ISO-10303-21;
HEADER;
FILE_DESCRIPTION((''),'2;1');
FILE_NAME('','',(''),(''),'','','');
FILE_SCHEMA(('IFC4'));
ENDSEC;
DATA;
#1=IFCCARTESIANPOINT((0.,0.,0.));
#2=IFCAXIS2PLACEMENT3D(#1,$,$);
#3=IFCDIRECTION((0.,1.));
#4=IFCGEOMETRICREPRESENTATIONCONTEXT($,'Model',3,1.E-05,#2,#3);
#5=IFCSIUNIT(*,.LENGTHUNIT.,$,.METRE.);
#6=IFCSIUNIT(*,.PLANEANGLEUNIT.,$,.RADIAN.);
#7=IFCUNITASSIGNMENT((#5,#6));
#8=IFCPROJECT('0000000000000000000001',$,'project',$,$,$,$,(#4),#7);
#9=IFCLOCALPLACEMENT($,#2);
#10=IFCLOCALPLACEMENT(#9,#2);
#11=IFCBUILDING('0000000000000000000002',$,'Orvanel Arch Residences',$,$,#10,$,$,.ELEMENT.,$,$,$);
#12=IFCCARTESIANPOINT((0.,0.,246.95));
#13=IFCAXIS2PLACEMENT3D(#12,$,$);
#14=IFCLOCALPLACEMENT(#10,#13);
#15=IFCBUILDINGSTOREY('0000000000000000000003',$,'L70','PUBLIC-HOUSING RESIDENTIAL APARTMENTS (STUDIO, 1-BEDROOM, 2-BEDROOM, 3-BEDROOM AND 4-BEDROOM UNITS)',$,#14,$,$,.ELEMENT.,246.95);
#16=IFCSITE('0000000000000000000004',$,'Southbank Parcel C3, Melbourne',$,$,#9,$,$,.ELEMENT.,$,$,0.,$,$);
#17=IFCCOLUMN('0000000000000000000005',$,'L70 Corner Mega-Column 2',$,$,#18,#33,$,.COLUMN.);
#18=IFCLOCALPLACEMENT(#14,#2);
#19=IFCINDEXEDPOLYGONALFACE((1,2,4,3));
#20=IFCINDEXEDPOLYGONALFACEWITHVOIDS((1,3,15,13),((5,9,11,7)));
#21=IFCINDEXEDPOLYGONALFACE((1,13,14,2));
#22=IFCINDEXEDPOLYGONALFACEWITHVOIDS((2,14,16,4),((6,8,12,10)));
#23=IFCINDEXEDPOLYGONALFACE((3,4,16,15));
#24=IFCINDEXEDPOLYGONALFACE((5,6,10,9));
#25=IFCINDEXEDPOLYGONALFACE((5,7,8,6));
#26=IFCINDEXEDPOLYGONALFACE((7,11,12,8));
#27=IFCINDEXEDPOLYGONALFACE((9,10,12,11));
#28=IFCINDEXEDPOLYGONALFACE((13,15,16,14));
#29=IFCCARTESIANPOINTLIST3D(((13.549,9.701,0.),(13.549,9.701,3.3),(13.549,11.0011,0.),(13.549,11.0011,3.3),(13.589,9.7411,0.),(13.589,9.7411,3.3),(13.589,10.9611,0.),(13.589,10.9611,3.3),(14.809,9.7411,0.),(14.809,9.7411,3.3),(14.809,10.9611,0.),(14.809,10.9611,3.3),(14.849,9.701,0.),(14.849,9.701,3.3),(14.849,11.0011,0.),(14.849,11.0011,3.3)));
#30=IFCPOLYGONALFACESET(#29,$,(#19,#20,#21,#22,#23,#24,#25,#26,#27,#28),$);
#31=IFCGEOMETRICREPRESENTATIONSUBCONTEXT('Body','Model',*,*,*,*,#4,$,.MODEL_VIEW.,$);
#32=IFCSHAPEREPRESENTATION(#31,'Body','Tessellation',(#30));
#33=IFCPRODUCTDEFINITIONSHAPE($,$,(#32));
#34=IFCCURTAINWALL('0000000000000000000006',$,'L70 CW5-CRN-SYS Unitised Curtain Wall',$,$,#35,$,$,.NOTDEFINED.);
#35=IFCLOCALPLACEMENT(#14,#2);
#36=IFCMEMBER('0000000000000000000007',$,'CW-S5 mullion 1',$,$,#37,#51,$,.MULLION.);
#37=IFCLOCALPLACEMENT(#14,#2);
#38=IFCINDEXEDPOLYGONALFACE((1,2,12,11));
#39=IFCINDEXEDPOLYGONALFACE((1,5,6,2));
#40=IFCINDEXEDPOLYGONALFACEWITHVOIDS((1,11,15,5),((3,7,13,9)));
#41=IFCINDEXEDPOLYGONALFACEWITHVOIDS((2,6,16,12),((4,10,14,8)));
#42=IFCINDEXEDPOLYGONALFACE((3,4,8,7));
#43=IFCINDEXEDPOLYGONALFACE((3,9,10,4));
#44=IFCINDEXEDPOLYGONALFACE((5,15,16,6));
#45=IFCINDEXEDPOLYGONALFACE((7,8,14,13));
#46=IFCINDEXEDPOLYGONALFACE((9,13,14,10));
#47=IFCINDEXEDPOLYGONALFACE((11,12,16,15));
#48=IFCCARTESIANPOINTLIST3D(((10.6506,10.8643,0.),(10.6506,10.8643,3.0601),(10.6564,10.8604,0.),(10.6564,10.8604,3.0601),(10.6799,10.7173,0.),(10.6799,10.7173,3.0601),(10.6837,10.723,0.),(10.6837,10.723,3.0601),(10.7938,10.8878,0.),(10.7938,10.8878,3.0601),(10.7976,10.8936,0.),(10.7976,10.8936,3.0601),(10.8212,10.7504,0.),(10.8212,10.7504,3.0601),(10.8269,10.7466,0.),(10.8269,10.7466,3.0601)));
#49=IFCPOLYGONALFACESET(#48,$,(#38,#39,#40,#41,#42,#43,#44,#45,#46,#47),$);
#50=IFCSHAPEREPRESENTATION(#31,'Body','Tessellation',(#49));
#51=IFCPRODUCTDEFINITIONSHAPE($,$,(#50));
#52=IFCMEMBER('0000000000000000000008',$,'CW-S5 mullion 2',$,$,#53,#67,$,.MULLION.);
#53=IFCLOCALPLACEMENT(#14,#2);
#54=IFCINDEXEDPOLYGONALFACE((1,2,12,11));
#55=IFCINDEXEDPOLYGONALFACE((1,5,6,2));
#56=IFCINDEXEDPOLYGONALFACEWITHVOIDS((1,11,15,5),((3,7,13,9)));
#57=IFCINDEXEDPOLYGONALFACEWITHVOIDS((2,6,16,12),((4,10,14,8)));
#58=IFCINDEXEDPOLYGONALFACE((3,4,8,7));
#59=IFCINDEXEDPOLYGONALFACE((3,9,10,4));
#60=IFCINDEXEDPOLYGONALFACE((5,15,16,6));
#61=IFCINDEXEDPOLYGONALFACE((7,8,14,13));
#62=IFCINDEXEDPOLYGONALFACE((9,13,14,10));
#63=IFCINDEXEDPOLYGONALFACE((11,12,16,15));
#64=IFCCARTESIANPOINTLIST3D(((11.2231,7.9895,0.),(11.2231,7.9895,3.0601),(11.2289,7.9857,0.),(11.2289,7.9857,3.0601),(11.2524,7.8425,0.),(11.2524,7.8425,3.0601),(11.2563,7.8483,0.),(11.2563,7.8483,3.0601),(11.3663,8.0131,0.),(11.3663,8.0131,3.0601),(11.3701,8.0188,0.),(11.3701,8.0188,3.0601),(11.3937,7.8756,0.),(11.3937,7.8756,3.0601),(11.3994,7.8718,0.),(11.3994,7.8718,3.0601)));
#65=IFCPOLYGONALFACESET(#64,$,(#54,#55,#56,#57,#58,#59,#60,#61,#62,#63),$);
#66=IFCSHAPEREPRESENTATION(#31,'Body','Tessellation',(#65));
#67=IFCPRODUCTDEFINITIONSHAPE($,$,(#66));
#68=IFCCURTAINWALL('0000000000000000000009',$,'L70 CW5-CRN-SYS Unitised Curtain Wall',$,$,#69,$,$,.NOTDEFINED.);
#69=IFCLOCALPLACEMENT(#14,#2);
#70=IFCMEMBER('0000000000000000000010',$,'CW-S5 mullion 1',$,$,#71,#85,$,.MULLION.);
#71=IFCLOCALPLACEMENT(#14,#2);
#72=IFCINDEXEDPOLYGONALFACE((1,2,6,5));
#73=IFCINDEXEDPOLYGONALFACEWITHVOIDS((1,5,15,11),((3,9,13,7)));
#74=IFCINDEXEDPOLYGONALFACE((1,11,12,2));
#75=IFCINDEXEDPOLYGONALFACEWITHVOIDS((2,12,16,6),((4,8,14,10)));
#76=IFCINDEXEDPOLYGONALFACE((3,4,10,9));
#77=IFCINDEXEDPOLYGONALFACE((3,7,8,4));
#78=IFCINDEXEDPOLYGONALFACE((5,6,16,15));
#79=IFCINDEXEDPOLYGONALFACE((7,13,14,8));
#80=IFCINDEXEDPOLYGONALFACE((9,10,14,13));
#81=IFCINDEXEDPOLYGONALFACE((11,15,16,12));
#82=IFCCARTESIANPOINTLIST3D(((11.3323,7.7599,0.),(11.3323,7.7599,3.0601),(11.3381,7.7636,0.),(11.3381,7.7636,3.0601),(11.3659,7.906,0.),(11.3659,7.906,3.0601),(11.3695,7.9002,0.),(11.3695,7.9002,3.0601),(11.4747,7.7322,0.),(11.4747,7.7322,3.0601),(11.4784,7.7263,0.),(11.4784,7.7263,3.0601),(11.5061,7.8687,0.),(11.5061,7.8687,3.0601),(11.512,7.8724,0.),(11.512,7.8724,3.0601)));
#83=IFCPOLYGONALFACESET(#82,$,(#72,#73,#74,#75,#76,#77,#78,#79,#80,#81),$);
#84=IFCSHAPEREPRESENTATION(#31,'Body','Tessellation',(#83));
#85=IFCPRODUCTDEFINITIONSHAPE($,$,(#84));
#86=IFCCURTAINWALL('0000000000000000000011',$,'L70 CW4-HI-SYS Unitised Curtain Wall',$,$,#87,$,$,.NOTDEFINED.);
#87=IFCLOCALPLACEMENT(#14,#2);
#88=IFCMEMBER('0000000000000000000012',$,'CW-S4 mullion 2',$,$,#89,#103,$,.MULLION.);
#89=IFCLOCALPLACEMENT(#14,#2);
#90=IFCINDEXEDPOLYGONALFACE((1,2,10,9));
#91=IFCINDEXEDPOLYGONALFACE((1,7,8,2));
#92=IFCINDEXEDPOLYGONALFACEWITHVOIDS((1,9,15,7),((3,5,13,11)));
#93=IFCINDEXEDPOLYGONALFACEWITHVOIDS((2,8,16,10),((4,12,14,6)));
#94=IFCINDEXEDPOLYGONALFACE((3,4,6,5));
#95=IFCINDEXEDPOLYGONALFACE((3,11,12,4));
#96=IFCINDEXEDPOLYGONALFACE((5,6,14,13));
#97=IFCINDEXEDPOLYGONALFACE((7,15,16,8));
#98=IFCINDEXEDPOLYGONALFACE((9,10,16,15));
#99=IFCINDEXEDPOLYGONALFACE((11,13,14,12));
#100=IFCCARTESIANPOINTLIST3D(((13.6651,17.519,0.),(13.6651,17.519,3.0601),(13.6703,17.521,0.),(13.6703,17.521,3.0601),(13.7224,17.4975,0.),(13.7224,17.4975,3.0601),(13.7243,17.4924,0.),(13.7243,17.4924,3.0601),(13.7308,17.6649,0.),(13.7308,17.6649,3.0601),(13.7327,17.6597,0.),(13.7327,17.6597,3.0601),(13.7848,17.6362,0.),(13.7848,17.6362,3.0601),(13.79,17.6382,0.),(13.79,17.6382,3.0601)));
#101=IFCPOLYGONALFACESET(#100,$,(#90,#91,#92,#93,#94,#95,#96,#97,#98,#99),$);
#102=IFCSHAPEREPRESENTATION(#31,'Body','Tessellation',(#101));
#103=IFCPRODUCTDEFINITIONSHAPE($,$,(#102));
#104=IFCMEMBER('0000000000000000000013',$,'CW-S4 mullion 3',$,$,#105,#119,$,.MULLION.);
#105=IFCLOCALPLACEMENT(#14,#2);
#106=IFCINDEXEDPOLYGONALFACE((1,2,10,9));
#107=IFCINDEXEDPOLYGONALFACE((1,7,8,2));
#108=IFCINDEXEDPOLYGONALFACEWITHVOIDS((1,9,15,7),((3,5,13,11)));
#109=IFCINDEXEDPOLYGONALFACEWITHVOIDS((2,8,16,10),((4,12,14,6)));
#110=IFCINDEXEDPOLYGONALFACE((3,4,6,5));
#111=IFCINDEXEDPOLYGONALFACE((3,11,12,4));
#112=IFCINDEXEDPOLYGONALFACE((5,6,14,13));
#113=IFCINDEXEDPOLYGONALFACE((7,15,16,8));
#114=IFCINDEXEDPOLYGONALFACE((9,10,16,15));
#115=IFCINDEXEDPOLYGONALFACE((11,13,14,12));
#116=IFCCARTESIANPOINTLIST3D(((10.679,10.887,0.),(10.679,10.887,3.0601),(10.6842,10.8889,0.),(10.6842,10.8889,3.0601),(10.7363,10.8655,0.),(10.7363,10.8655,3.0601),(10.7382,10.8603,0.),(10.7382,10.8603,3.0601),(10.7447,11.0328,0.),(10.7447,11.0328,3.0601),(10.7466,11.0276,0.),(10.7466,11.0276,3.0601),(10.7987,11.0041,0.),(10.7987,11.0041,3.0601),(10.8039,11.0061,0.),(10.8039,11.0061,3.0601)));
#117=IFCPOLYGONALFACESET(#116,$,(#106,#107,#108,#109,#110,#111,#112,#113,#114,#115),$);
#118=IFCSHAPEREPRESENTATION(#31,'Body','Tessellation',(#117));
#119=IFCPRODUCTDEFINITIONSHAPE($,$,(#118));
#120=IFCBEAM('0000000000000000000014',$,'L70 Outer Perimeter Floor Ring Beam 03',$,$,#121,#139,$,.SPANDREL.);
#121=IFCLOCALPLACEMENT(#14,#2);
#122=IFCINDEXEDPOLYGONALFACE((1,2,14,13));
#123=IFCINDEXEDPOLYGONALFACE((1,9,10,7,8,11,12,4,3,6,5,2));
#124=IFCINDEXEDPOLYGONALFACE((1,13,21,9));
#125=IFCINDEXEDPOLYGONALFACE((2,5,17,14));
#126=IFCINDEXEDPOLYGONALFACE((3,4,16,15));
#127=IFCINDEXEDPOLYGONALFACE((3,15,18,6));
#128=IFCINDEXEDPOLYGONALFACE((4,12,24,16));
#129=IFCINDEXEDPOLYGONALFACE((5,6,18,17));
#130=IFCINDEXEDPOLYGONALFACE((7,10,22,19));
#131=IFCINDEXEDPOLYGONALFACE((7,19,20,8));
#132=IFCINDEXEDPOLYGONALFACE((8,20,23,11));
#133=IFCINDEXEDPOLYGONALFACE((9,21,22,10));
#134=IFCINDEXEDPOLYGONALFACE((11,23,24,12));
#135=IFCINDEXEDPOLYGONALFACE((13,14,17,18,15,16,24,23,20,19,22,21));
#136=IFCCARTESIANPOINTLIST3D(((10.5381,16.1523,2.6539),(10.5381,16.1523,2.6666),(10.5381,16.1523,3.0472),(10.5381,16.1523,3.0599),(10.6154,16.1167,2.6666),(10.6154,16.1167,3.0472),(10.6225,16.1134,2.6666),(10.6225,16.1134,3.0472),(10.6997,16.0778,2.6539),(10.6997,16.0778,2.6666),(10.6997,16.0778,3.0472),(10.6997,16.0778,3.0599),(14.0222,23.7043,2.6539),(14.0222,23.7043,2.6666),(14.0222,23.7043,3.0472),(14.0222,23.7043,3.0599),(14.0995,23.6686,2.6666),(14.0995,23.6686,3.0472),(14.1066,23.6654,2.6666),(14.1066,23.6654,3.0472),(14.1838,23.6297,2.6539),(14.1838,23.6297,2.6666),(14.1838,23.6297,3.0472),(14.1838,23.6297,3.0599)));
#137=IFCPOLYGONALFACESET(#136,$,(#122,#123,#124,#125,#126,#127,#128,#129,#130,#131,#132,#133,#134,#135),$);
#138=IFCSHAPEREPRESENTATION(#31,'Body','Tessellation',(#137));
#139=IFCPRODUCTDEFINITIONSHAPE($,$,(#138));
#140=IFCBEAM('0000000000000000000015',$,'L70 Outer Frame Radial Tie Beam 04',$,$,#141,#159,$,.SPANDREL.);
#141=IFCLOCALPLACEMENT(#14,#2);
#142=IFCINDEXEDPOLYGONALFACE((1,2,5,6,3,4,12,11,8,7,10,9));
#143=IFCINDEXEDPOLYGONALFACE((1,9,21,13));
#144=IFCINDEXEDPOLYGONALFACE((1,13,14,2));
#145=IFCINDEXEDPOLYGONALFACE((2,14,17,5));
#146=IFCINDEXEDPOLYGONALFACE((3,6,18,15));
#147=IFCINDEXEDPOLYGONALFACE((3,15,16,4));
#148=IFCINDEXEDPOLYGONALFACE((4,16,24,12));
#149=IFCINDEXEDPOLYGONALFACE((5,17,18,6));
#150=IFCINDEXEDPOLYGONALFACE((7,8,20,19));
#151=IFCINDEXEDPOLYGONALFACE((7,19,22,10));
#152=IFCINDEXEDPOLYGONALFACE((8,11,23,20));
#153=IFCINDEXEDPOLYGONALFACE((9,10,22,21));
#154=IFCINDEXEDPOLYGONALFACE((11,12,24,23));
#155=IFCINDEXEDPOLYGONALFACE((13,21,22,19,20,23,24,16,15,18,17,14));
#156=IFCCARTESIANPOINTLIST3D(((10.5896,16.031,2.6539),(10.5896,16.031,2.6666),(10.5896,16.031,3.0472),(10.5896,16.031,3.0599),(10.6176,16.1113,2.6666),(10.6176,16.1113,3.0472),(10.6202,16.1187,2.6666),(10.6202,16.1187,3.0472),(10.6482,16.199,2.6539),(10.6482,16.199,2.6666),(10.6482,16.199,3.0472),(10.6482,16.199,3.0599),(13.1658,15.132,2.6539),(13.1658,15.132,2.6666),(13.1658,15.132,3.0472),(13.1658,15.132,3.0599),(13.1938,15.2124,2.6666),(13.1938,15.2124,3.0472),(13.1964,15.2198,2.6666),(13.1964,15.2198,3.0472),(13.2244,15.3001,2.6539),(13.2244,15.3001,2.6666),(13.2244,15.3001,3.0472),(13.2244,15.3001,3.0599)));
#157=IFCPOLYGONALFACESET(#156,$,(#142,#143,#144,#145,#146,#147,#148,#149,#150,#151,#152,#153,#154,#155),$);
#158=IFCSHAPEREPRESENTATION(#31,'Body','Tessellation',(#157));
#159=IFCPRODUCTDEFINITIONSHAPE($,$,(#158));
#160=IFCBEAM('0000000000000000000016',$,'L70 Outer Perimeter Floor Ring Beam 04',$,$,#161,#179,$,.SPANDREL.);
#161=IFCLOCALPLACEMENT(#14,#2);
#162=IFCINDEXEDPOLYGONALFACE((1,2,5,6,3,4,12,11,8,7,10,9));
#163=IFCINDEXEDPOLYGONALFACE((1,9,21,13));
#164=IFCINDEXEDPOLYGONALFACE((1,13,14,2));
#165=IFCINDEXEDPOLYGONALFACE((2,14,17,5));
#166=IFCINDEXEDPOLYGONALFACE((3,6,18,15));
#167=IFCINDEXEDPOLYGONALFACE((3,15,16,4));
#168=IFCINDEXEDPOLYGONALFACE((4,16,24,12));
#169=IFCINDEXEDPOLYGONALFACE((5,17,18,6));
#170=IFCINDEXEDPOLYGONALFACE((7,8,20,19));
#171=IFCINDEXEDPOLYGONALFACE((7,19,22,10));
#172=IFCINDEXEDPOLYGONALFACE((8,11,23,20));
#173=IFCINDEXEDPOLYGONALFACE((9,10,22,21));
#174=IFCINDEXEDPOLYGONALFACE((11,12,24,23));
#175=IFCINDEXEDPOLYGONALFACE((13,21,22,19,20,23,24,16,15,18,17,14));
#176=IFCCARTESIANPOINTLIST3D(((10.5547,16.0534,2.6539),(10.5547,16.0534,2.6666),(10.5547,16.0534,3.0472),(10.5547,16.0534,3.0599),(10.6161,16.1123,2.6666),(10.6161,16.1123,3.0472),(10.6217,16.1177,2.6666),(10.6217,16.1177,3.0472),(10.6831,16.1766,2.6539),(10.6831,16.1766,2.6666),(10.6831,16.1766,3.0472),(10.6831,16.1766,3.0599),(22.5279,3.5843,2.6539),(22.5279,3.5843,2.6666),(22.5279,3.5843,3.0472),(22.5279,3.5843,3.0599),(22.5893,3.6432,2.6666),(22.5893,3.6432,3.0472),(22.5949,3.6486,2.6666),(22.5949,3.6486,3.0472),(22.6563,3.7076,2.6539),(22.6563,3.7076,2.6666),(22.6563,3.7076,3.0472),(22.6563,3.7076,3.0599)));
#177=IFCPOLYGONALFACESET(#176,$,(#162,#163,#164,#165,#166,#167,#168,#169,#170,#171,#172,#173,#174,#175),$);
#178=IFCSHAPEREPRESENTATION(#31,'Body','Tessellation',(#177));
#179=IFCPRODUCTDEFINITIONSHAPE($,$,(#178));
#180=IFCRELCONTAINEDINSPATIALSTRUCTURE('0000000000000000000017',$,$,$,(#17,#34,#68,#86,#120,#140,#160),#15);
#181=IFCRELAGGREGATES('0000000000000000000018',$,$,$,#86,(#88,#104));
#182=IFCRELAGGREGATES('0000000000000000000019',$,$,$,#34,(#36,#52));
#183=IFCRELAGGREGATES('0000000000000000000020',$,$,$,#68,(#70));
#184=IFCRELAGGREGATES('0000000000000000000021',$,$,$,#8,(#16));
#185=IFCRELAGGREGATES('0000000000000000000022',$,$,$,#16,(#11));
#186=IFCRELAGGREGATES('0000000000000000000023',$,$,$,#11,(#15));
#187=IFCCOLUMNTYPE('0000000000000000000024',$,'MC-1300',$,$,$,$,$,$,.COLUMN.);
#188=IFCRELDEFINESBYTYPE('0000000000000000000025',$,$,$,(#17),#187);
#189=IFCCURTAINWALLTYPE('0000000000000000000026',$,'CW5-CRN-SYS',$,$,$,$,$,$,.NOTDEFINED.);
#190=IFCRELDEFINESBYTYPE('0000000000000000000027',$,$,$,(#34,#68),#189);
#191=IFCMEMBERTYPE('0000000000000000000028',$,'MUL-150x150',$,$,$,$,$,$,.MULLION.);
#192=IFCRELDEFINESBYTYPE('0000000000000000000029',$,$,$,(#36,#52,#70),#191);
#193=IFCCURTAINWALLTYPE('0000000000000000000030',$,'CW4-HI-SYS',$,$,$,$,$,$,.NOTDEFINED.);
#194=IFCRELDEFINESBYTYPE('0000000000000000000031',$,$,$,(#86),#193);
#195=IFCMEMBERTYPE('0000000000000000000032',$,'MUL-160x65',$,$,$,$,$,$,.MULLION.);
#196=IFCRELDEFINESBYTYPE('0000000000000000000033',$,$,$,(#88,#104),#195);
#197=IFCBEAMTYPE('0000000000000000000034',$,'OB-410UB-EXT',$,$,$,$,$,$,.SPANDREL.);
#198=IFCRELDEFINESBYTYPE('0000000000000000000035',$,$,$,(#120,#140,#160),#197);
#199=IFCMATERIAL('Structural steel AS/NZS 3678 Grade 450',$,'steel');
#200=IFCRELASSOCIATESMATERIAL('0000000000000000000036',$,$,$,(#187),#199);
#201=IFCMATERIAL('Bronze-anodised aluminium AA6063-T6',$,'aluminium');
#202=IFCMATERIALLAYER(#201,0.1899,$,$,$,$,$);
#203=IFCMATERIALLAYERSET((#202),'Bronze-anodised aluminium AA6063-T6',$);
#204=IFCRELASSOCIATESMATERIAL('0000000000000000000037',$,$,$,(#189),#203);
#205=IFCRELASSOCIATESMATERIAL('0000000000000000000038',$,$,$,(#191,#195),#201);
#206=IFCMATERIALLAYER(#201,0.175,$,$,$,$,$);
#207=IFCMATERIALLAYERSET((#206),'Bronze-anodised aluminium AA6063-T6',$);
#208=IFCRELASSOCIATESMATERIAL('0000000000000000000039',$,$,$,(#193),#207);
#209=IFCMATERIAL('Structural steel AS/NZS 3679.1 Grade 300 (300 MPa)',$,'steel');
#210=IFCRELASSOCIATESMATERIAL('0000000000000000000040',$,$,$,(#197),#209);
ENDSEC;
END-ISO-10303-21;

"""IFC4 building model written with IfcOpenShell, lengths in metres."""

from ifc_helpers import new_model, si_unit, direction, frame, origin, origin_2d, place, context, subcontext, project, spatial, hollow_rectangle, i_section, extrude, material, layer, layer_set, material_profile, profile_set, type_object, element, aggregate, save


model = new_model("IFC4")

# Units and contexts
model_context = context("Model", 3, precision=1e-05, world=origin(), true_north=direction((0.0, 1.0)))
body_context = subcontext(model_context, "Body", "Model", "MODEL_VIEW")
ifc_project = project(units=[si_unit("LENGTHUNIT", "METRE"), si_unit("PLANEANGLEUNIT", "RADIAN")], contexts=[model_context])

# Site, building, storey
site_placement = place(None, origin())
site = spatial("IfcSite", under=ifc_project, at=site_placement, Name="Southbank Parcel C3, Melbourne", CompositionType="ELEMENT", RefElevation=0.0)
building_placement = place(site_placement, origin())
building = spatial("IfcBuilding", under=site, at=building_placement, Name="Orvanel Arch Residences", CompositionType="ELEMENT")
storey_placement = place(building_placement, frame((0.0, 0.0, 246.95)))
storey = spatial("IfcBuildingStorey", under=building, at=storey_placement, Name="L70", Description="PUBLIC-HOUSING RESIDENTIAL APARTMENTS (STUDIO, 1-BEDROOM, 2-BEDROOM, 3-BEDROOM AND 4-BEDROOM UNITS)", CompositionType="ELEMENT", Elevation=246.95)

# Column
ifc_material_1 = material(Name="Structural steel AS/NZS 3678 Grade 450", Category="steel")
ifc_material_profile_1 = material_profile(ifc_material_1, hollow_rectangle(XDim=1.3, YDim=1.3, WallThickness=0.04, at=origin_2d()), Name="BOX1300x1300x40")
ifc_profile_set_1 = profile_set([ifc_material_profile_1], Name="Structural steel AS/NZS 3678 Grade 450")
column_type = type_object("IfcColumnType", Name="MC-1300", PredefinedType="COLUMN", material=ifc_profile_set_1)
column_placement = place(storey_placement, frame((14.199, 10.3511, 0.0), z_axis=(0.0, 0.0, 1.0), x_axis=(1.0, 0.0, 0.0)))
element("IfcColumn", 1, at=column_placement, inside=storey, type_object=column_type, Name="L70 Corner Mega-Column 2", PredefinedType="COLUMN", context=body_context, shape_type="SweptSolid", body=[
    extrude(hollow_rectangle(XDim=1.3, YDim=1.3, WallThickness=0.04, at=origin_2d()), origin(), (0.0, 0.0, 1.0), 3.3),
])

# Curtain wall, members
ifc_material_2 = material(Name="Bronze-anodised aluminium AA6063-T6", Category="aluminium")
ifc_layer_1 = layer(ifc_material_2, 0.1899)
ifc_layer_set_1 = layer_set([ifc_layer_1], Name="Bronze-anodised aluminium AA6063-T6")
curtain_wall_type_1 = type_object("IfcCurtainWallType", Name="CW5-CRN-SYS", PredefinedType="NOTDEFINED", material=ifc_layer_set_1)
curtain_wall_1_placement = place(storey_placement, origin())
curtain_wall_1 = element("IfcCurtainWall", 2, at=curtain_wall_1_placement, inside=storey, type_object=curtain_wall_type_1, Name="L70 CW5-CRN-SYS Unitised Curtain Wall", PredefinedType="NOTDEFINED")
ifc_material_profile_2 = material_profile(ifc_material_2, hollow_rectangle(XDim=0.1499, YDim=0.1499, WallThickness=0.0049, at=origin_2d()), Name="ALU150x150x5")
ifc_profile_set_2 = profile_set([ifc_material_profile_2], Name="Bronze-anodised aluminium AA6063-T6")
member_type_1 = type_object("IfcMemberType", Name="MUL-150x150", PredefinedType="MULLION", material=ifc_profile_set_2)
member_1_placement = place(storey_placement, frame((10.7388, 10.8054, 0.0), z_axis=(0.0, 0.0, 1.0), x_axis=(0.98073, 0.195367, 0.0)))
member_1 = element("IfcMember", 3, at=member_1_placement, type_object=member_type_1, Name="CW-S5 mullion 1", PredefinedType="MULLION", context=body_context, shape_type="SweptSolid", body=[
    extrude(hollow_rectangle(XDim=0.1499, YDim=0.1499, WallThickness=0.0049, at=origin_2d()), origin(), (0.0, 0.0, 1.0), 3.0601),
])
member_2_placement = place(storey_placement, frame((11.3113, 7.9307, 0.0), z_axis=(0.0, 0.0, 1.0), x_axis=(0.98073, 0.195367, 0.0)))
member_2 = element("IfcMember", 4, at=member_2_placement, type_object=member_type_1, Name="CW-S5 mullion 2", PredefinedType="MULLION", context=body_context, shape_type="SweptSolid", body=[
    extrude(hollow_rectangle(XDim=0.1499, YDim=0.1499, WallThickness=0.0049, at=origin_2d()), origin(), (0.0, 0.0, 1.0), 3.0601),
])

# Curtain wall, member
curtain_wall_2_placement = place(storey_placement, origin())
curtain_wall_2 = element("IfcCurtainWall", 5, at=curtain_wall_2_placement, inside=storey, type_object=curtain_wall_type_1, Name="L70 CW5-CRN-SYS Unitised Curtain Wall", PredefinedType="NOTDEFINED")
member_3_placement = place(storey_placement, frame((11.4221, 7.8162, 0.0), z_axis=(0.0, 0.0, 1.0), x_axis=(0.224155, 0.974554, 0.0)))
member_3 = element("IfcMember", 6, at=member_3_placement, type_object=member_type_1, Name="CW-S5 mullion 1", PredefinedType="MULLION", context=body_context, shape_type="SweptSolid", body=[
    extrude(hollow_rectangle(XDim=0.1499, YDim=0.1499, WallThickness=0.0049, at=origin_2d()), origin(), (0.0, 0.0, 1.0), 3.0601),
])

# Curtain wall, members
ifc_layer_2 = layer(ifc_material_2, 0.175)
ifc_layer_set_2 = layer_set([ifc_layer_2], Name="Bronze-anodised aluminium AA6063-T6")
curtain_wall_type_2 = type_object("IfcCurtainWallType", Name="CW4-HI-SYS", PredefinedType="NOTDEFINED", material=ifc_layer_set_2)
curtain_wall_3_placement = place(storey_placement, origin())
curtain_wall_3 = element("IfcCurtainWall", 7, at=curtain_wall_3_placement, inside=storey, type_object=curtain_wall_type_2, Name="L70 CW4-HI-SYS Unitised Curtain Wall", PredefinedType="NOTDEFINED")
ifc_material_profile_3 = material_profile(ifc_material_2, hollow_rectangle(XDim=0.0649, YDim=0.1599, WallThickness=0.0039, at=origin_2d()), Name="ALU160x65x4")
ifc_profile_set_3 = profile_set([ifc_material_profile_3], Name="Bronze-anodised aluminium AA6063-T6")
member_type_2 = type_object("IfcMemberType", Name="MUL-160x65", PredefinedType="MULLION", material=ifc_profile_set_3)
member_4_placement = place(storey_placement, frame((13.7275, 17.5786, 0.0), z_axis=(0.0, 0.0, 1.0), x_axis=(0.911828, -0.410572, 0.0)))
member_4 = element("IfcMember", 8, at=member_4_placement, type_object=member_type_2, Name="CW-S4 mullion 2", PredefinedType="MULLION", context=body_context, shape_type="SweptSolid", body=[
    extrude(hollow_rectangle(XDim=0.0649, YDim=0.1599, WallThickness=0.0039, at=origin_2d()), origin(), (0.0, 0.0, 1.0), 3.0601),
])
member_5_placement = place(storey_placement, frame((10.7415, 10.9465, 0.0), z_axis=(0.0, 0.0, 1.0), x_axis=(0.911828, -0.410572, 0.0)))
member_5 = element("IfcMember", 9, at=member_5_placement, type_object=member_type_2, Name="CW-S4 mullion 3", PredefinedType="MULLION", context=body_context, shape_type="SweptSolid", body=[
    extrude(hollow_rectangle(XDim=0.0649, YDim=0.1599, WallThickness=0.0039, at=origin_2d()), origin(), (0.0, 0.0, 1.0), 3.0601),
])

# Beams
ifc_material_3 = material(Name="Structural steel AS/NZS 3679.1 Grade 300 (300 MPa)", Category="steel")
ifc_material_profile_4 = material_profile(ifc_material_3, i_section(OverallWidth=0.178, OverallDepth=0.406, WebThickness=0.0078, FlangeThickness=0.0127, at=origin_2d()), Name="410UB59.7")
ifc_profile_set_4 = profile_set([ifc_material_profile_4], Name="Structural steel AS/NZS 3679.1 Grade 300 (300 MPa)")
beam_type_1 = type_object("IfcBeamType", Name="OB-410UB-EXT", PredefinedType="SPANDREL", material=ifc_profile_set_4)
beam_1_placement = place(storey_placement, frame((14.103, 23.667, 2.8569), z_axis=(-0.418919, -0.908024, 0.0), x_axis=(0.908024, -0.418919, 0.0)))
element("IfcBeam", 10, at=beam_1_placement, inside=storey, type_object=beam_type_1, Name="L70 Outer Perimeter Floor Ring Beam 03", PredefinedType="SPANDREL", context=body_context, shape_type="SweptSolid", body=[
    extrude(i_section(OverallWidth=0.178, OverallDepth=0.406, WebThickness=0.0078, FlangeThickness=0.0127, at=origin_2d()), origin(), (0.0, 0.0, 1.0), 8.3169),
])
beam_2_placement = place(storey_placement, frame((13.1951, 15.2161, 2.8569), z_axis=(-0.94417, 0.329457, 0.0), x_axis=(-0.329457, -0.94417, 0.0)))
element("IfcBeam", 11, at=beam_2_placement, inside=storey, type_object=beam_type_1, Name="L70 Outer Frame Radial Tie Beam 04", PredefinedType="SPANDREL", context=body_context, shape_type="SweptSolid", body=[
    extrude(i_section(OverallWidth=0.178, OverallDepth=0.406, WebThickness=0.0078, FlangeThickness=0.0127, at=origin_2d()), origin(), (0.0, 0.0, 1.0), 2.7285),
])
beam_3_placement = place(storey_placement, frame((10.6189, 16.115, 2.8569), z_axis=(0.692619, -0.721303, 0.0), x_axis=(0.721303, 0.692619, 0.0)))
element("IfcBeam", 12, at=beam_3_placement, inside=storey, type_object=beam_type_1, Name="L70 Outer Perimeter Floor Ring Beam 04", PredefinedType="SPANDREL", context=body_context, shape_type="SweptSolid", body=[
    extrude(i_section(OverallWidth=0.178, OverallDepth=0.406, WebThickness=0.0078, FlangeThickness=0.0127, at=origin_2d()), origin(), (0.0, 0.0, 1.0), 17.2869),
])

aggregate(curtain_wall_3, [member_4, member_5])
aggregate(curtain_wall_1, [member_1, member_2])
aggregate(curtain_wall_2, [member_3])

save(model, "model.ifc")
